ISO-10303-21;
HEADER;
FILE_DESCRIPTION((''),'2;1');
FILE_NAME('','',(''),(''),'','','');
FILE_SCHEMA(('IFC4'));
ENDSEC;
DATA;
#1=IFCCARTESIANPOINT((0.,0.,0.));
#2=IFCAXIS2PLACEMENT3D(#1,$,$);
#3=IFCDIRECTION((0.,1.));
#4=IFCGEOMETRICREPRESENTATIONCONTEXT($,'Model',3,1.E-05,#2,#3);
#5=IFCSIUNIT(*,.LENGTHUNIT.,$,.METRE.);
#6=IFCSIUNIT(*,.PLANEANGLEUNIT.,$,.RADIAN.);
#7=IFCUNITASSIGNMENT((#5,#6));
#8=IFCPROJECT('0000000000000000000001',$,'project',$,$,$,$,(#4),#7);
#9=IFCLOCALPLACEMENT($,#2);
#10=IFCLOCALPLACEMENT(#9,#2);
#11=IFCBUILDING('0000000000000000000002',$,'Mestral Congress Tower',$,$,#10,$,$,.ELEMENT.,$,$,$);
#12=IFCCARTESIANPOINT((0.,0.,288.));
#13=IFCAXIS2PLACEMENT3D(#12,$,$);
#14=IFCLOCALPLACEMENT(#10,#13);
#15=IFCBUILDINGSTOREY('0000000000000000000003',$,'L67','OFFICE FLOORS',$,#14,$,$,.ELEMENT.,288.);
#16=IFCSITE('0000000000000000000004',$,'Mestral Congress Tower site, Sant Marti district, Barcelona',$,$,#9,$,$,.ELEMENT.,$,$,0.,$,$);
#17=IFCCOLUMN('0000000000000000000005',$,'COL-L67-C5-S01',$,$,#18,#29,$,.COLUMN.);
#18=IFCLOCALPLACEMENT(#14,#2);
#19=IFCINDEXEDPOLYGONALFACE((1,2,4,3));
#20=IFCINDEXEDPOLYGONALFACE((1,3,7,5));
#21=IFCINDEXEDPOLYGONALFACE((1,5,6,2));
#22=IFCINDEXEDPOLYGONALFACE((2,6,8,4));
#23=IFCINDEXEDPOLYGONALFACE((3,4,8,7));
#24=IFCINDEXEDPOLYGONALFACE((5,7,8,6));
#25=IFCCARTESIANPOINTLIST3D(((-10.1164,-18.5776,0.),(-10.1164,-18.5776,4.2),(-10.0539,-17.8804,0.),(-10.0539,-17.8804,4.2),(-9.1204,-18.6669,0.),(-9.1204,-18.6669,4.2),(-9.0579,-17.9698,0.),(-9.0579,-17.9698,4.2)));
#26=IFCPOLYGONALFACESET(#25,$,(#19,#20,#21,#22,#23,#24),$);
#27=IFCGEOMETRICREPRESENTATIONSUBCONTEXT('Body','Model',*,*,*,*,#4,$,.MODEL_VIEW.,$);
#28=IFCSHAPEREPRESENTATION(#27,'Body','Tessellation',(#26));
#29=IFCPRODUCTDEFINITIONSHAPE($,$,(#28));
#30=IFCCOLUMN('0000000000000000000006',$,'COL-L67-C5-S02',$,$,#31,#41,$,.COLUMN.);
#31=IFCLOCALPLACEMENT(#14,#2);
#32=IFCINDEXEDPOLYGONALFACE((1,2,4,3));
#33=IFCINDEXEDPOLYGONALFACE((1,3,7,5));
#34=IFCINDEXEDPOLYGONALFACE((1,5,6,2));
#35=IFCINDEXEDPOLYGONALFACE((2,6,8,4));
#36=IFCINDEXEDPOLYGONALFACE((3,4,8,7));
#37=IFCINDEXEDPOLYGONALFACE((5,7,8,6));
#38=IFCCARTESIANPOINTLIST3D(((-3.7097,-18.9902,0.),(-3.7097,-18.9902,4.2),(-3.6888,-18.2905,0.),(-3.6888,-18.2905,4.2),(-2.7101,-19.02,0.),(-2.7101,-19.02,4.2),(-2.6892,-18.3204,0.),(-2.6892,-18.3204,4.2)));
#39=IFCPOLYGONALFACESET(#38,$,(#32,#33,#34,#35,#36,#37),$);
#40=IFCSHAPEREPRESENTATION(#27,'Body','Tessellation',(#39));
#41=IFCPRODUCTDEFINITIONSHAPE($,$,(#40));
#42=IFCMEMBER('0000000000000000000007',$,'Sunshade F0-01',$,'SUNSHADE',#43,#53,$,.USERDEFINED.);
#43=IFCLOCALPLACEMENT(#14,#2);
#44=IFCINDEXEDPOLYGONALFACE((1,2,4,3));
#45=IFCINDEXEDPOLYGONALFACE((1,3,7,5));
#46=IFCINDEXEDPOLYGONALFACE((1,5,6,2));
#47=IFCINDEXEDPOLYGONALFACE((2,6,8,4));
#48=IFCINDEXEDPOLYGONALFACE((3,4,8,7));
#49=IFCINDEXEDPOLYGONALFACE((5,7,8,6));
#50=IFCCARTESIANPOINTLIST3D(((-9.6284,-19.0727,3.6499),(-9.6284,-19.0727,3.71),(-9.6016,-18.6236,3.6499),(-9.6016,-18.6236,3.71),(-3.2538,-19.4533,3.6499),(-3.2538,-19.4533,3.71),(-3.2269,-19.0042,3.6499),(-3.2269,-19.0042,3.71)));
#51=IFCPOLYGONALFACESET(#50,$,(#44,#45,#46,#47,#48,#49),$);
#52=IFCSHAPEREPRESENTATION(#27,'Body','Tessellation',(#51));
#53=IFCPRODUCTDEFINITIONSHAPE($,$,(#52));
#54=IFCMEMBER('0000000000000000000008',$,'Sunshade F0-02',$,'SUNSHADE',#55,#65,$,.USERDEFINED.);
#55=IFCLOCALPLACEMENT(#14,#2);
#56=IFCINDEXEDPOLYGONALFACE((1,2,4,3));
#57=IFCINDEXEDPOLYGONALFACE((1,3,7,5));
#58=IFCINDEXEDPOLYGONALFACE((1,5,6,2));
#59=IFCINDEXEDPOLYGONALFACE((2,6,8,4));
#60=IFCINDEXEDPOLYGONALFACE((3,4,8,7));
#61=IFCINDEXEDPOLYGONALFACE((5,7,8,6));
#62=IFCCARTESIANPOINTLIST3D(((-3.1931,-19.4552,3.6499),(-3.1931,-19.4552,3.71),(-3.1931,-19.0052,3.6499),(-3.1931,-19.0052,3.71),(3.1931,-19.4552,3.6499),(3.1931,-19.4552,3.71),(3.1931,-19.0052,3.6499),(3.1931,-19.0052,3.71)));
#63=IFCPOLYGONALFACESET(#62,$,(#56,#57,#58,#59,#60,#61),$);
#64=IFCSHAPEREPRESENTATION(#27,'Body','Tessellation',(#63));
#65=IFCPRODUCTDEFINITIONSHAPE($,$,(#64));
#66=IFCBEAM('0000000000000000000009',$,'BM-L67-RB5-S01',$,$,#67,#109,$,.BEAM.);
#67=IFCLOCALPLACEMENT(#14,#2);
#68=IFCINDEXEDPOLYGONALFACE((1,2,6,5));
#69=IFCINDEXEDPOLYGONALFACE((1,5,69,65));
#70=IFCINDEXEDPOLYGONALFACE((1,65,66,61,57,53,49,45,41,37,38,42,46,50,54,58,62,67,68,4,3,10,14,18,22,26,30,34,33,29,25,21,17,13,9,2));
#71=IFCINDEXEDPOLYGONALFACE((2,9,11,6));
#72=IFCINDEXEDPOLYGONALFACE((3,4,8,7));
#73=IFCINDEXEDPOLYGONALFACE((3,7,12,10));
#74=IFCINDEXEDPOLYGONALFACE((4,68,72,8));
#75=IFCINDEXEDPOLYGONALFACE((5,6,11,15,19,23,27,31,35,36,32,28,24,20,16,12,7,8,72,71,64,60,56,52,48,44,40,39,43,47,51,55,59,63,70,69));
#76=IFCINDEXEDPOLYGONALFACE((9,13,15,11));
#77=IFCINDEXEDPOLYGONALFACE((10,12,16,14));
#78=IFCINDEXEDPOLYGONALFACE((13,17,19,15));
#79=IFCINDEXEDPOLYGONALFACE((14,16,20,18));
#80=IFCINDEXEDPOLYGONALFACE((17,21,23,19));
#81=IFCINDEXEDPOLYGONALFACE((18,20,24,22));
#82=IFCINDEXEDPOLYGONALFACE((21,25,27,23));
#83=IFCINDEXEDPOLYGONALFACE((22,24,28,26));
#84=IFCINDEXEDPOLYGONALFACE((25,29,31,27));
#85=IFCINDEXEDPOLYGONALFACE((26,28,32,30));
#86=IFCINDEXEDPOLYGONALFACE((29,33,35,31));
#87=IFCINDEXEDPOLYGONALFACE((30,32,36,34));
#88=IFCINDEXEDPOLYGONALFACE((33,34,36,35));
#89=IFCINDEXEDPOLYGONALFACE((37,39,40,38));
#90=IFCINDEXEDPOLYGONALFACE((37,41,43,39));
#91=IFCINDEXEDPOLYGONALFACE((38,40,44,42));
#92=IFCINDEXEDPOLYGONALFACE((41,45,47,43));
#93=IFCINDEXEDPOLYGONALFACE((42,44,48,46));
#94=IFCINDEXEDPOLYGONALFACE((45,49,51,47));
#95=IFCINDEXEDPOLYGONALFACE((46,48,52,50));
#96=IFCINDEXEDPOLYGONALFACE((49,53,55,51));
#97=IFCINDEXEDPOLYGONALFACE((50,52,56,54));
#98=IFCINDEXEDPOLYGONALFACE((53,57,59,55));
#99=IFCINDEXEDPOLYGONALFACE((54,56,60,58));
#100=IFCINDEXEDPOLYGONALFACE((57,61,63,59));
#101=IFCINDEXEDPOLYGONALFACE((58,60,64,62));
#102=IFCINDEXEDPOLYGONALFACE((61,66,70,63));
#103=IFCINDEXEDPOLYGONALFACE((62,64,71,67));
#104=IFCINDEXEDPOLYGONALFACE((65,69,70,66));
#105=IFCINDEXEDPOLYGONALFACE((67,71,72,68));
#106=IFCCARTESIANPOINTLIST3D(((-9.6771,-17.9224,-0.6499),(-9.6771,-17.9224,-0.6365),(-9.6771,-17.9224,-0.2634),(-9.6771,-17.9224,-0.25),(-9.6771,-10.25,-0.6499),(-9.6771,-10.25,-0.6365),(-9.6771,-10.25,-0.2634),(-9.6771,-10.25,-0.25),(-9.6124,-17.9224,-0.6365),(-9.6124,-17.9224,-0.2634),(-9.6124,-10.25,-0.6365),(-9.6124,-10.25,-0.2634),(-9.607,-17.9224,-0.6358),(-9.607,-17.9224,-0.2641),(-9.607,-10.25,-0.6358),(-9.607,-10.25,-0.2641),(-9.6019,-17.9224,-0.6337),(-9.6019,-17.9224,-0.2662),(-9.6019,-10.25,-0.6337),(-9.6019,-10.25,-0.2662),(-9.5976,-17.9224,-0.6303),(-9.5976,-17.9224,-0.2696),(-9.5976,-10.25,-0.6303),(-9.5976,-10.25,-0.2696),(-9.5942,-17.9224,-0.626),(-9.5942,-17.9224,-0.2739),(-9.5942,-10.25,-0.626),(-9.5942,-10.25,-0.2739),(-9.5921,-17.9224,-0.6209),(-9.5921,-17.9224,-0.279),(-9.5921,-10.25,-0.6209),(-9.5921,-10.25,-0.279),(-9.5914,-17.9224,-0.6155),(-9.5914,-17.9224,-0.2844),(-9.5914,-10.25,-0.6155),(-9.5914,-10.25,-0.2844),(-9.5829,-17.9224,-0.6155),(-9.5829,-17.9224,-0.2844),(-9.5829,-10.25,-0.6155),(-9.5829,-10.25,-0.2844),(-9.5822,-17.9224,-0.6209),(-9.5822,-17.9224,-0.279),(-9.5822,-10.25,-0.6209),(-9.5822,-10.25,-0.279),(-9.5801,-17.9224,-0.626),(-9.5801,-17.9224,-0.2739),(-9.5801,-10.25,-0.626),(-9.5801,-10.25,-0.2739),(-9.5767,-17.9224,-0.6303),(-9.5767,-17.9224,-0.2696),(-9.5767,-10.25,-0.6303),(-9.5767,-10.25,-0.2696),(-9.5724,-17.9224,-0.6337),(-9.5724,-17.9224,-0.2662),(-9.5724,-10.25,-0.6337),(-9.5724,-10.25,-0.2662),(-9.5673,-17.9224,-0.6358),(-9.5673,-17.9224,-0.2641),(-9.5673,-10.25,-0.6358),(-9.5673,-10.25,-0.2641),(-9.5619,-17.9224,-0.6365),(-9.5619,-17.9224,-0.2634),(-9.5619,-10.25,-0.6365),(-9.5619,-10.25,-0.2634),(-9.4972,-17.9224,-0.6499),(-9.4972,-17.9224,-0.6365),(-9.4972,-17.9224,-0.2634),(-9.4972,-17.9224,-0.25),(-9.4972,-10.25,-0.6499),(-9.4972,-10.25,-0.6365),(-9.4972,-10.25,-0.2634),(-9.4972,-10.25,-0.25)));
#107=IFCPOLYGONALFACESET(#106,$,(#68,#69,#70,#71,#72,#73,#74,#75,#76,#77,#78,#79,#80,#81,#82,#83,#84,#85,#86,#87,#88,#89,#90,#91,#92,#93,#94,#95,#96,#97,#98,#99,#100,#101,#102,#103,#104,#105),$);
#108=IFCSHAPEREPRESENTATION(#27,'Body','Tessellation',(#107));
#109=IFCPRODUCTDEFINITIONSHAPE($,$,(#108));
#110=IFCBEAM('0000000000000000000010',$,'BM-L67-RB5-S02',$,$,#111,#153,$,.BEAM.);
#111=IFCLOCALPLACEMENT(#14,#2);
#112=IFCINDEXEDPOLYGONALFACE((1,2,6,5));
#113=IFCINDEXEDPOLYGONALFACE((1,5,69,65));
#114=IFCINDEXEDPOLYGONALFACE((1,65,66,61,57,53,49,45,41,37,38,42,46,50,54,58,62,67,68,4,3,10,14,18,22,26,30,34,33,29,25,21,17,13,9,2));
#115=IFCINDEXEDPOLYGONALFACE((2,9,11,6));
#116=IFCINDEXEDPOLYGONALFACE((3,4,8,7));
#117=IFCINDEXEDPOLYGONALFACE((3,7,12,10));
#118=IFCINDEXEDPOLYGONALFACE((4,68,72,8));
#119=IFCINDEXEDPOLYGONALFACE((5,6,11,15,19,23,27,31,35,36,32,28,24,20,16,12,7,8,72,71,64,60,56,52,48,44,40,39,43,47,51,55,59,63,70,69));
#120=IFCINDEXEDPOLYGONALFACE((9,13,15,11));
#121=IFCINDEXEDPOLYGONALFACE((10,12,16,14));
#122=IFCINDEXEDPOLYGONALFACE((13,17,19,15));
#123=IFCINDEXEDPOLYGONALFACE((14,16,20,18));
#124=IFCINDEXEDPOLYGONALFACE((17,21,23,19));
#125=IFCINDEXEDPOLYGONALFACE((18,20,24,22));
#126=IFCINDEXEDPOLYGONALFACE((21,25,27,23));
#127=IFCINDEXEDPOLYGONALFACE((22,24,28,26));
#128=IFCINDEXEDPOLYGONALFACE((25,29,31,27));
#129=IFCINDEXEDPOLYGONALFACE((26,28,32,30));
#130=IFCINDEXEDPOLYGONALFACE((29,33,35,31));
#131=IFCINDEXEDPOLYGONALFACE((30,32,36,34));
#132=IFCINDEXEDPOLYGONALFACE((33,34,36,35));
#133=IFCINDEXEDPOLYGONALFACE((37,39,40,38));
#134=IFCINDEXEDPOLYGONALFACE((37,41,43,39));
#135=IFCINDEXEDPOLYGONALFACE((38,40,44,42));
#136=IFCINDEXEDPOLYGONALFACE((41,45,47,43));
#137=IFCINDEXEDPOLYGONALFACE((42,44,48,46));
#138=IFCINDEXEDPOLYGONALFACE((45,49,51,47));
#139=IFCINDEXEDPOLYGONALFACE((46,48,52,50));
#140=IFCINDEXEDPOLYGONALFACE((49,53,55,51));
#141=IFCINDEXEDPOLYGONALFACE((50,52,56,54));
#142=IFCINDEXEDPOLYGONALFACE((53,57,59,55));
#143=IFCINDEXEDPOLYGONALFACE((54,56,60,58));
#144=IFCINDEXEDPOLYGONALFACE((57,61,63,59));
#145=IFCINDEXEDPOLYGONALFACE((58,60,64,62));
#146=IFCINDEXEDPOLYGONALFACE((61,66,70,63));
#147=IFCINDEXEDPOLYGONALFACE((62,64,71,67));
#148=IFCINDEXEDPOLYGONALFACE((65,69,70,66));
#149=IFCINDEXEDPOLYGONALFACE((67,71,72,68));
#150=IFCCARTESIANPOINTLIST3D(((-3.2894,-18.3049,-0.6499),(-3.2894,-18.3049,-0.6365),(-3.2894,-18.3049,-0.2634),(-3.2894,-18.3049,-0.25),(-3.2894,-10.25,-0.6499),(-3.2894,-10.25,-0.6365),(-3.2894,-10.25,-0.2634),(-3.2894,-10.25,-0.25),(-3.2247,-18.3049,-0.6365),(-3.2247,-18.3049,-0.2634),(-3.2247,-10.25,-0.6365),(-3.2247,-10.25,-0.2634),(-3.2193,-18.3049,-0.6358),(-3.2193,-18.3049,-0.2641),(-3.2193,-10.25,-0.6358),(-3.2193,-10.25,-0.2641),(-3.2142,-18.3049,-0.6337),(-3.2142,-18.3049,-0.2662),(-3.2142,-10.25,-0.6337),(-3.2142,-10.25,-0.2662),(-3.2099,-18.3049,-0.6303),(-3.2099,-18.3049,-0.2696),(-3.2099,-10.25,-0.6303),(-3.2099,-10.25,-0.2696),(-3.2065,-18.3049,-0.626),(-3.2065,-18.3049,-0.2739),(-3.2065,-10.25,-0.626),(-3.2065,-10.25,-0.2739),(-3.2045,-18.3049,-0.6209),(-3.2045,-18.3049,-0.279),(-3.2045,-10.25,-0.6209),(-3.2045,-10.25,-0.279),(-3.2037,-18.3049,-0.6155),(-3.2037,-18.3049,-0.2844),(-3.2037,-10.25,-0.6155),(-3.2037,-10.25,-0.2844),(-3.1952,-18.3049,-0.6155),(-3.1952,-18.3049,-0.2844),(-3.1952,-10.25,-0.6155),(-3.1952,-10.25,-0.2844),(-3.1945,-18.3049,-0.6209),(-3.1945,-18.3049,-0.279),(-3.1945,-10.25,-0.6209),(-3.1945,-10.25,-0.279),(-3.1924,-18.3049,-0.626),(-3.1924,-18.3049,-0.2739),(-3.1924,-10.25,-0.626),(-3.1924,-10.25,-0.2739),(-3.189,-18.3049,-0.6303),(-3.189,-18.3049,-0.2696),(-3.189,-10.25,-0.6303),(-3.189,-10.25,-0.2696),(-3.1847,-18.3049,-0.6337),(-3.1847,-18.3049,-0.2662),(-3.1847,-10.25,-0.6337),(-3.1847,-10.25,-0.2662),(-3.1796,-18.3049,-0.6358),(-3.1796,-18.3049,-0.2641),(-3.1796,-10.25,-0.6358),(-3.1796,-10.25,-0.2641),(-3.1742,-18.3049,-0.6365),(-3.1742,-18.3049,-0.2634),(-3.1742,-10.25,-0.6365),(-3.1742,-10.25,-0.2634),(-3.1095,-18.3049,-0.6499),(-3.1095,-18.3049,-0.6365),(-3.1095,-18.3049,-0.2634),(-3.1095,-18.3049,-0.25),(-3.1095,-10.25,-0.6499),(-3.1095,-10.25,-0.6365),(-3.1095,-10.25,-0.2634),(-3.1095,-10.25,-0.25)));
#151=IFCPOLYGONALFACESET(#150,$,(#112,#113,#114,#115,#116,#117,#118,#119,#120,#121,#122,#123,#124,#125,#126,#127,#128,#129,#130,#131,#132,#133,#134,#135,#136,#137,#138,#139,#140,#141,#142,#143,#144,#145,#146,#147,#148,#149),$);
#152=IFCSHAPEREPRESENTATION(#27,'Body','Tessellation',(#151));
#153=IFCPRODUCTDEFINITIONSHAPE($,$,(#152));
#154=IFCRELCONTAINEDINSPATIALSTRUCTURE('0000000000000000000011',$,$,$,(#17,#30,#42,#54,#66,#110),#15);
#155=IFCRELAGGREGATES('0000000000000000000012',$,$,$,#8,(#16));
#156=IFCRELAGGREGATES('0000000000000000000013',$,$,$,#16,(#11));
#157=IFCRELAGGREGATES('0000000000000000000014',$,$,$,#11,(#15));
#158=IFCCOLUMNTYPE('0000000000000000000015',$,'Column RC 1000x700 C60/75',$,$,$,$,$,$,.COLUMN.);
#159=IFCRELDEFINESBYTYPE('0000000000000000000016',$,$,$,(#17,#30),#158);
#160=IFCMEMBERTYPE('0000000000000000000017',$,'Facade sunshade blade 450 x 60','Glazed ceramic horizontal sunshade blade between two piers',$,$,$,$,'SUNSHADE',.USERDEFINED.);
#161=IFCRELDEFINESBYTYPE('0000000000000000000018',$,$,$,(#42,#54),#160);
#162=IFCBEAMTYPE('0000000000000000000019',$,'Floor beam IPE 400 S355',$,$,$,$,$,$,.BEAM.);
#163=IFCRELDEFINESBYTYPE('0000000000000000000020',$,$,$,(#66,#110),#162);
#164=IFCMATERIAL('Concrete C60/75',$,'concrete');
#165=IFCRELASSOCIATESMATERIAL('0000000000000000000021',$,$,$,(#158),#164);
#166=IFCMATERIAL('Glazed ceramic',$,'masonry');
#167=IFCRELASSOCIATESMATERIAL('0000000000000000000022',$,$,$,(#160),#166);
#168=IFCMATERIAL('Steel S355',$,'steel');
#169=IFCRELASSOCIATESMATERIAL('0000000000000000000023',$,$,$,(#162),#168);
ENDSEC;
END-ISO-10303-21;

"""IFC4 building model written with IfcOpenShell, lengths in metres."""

from ifc_helpers import new_model, si_unit, direction, frame, origin, origin_2d, place, context, subcontext, project, spatial, rectangle, i_section, extrude, material, material_profile, profile_set, type_object, element, save


model = new_model("IFC4")

# Units and contexts
model_context = context("Model", 3, precision=1e-05, world=origin(), true_north=direction((0.0, 1.0)))
body_context = subcontext(model_context, "Body", "Model", "MODEL_VIEW")
ifc_project = project(units=[si_unit("LENGTHUNIT", "METRE"), si_unit("PLANEANGLEUNIT", "RADIAN")], contexts=[model_context])

# Site, building, storey
site_placement = place(None, origin())
site = spatial("IfcSite", under=ifc_project, at=site_placement, Name="Mestral Congress Tower site, Sant Marti district, Barcelona", CompositionType="ELEMENT", RefElevation=0.0)
building_placement = place(site_placement, origin())
building = spatial("IfcBuilding", under=site, at=building_placement, Name="Mestral Congress Tower", CompositionType="ELEMENT")
storey_placement = place(building_placement, frame((0.0, 0.0, 288.0)))
storey = spatial("IfcBuildingStorey", under=building, at=storey_placement, Name="L67", Description="OFFICE FLOORS", CompositionType="ELEMENT", Elevation=288.0)

# Columns
ifc_material_1 = material(Name="Concrete C60/75", Category="concrete")
ifc_material_profile_1 = material_profile(ifc_material_1, rectangle(XDim=1.0, YDim=0.7, at=origin_2d()), Name="RC 1000x700")
ifc_profile_set_1 = profile_set([ifc_material_profile_1], Name="Concrete C60/75")
column_type = type_object("IfcColumnType", Name="Column RC 1000x700 C60/75", PredefinedType="COLUMN", material=ifc_profile_set_1)
for number, where, z_axis, x_axis, name in (
    (1, (-9.5872, -18.2737, 0.0), (0.0, 0.0, 1.0), (0.995998, -0.089378, 0.0), "COL-L67-C5-S01"),
    (2, (-3.1995, -18.6553, 0.0), (0.0, 0.0, 1.0), (0.999555, -0.029828, 0.0), "COL-L67-C5-S02"),
):
    element("IfcColumn", number, at=place(storey_placement, frame(where, z_axis=z_axis, x_axis=x_axis)), inside=storey, type_object=column_type, Name=name, PredefinedType="COLUMN", context=body_context, shape_type="SweptSolid", body=[
        extrude(rectangle(XDim=1.0, YDim=0.7, at=origin_2d()), origin(), (0.0, 0.0, 1.0), 4.2),
    ])

# Members
ifc_material_2 = material(Name="Glazed ceramic", Category="masonry")
ifc_material_profile_2 = material_profile(ifc_material_2, rectangle(XDim=0.45, YDim=0.0601, at=origin_2d()), Name="Ceramic blade 450 x 60")
ifc_profile_set_2 = profile_set([ifc_material_profile_2], Name="Glazed ceramic")
member_type = type_object("IfcMemberType", Name="Facade sunshade blade 450 x 60", Description="Glazed ceramic horizontal sunshade blade between two piers", ElementType="SUNSHADE", PredefinedType="USERDEFINED", material=ifc_profile_set_2)
member_1_placement = place(storey_placement, frame((-9.615, -18.8481, 3.6799), z_axis=(0.998222, -0.059603, 0.0), x_axis=(0.059603, 0.998222, 0.0)))
element("IfcMember", 3, at=member_1_placement, inside=storey, type_object=member_type, Name="Sunshade F0-01", ObjectType="SUNSHADE", PredefinedType="USERDEFINED", context=body_context, shape_type="SweptSolid", body=[
    extrude(rectangle(XDim=0.45, YDim=0.0601, at=origin_2d()), origin(), (0.0, 0.0, 1.0), 6.386),
])
member_2_placement = place(storey_placement, frame((-3.1931, -19.2302, 3.6799), z_axis=(1.0, 0.0, 0.0), x_axis=(0.0, 1.0, 0.0)))
element("IfcMember", 4, at=member_2_placement, inside=storey, type_object=member_type, Name="Sunshade F0-02", ObjectType="SUNSHADE", PredefinedType="USERDEFINED", context=body_context, shape_type="SweptSolid", body=[
    extrude(rectangle(XDim=0.45, YDim=0.0601, at=origin_2d()), origin(), (0.0, 0.0, 1.0), 6.3862),
])

# Beams
ifc_material_3 = material(Name="Steel S355", Category="steel")
ifc_material_profile_3 = material_profile(ifc_material_3, i_section(OverallWidth=0.1799, OverallDepth=0.3999, WebThickness=0.0085, FlangeThickness=0.0134, FilletRadius=0.021, at=origin_2d()), Name="IPE 400")
ifc_profile_set_3 = profile_set([ifc_material_profile_3], Name="Steel S355")
beam_type_1 = type_object("IfcBeamType", Name="Floor beam IPE 400 S355", PredefinedType="BEAM", material=ifc_profile_set_3)
beam_1_placement = place(storey_placement, frame((-9.5872, -17.9224, -0.45), z_axis=(0.0, 1.0, 0.0), x_axis=(-1.0, 0.0, 0.0)))
element("IfcBeam", 5, at=beam_1_placement, inside=storey, type_object=beam_type_1, Name="BM-L67-RB5-S01", PredefinedType="BEAM", context=body_context, shape_type="SweptSolid", body=[
    extrude(i_section(OverallWidth=0.1799, OverallDepth=0.3999, WebThickness=0.0085, FlangeThickness=0.0134, FilletRadius=0.021, at=origin_2d()), origin(), (0.0, 0.0, 1.0), 7.6724),
])
beam_2_placement = place(storey_placement, frame((-3.1995, -18.3049, -0.45), z_axis=(0.0, 1.0, 0.0), x_axis=(-1.0, 0.0, 0.0)))
element("IfcBeam", 6, at=beam_2_placement, inside=storey, type_object=beam_type_1, Name="BM-L67-RB5-S02", PredefinedType="BEAM", context=body_context, shape_type="SweptSolid", body=[
    extrude(i_section(OverallWidth=0.1799, OverallDepth=0.3999, WebThickness=0.0085, FlangeThickness=0.0134, FilletRadius=0.021, at=origin_2d()), origin(), (0.0, 0.0, 1.0), 8.0549),
])

save(model, "model.ifc")
